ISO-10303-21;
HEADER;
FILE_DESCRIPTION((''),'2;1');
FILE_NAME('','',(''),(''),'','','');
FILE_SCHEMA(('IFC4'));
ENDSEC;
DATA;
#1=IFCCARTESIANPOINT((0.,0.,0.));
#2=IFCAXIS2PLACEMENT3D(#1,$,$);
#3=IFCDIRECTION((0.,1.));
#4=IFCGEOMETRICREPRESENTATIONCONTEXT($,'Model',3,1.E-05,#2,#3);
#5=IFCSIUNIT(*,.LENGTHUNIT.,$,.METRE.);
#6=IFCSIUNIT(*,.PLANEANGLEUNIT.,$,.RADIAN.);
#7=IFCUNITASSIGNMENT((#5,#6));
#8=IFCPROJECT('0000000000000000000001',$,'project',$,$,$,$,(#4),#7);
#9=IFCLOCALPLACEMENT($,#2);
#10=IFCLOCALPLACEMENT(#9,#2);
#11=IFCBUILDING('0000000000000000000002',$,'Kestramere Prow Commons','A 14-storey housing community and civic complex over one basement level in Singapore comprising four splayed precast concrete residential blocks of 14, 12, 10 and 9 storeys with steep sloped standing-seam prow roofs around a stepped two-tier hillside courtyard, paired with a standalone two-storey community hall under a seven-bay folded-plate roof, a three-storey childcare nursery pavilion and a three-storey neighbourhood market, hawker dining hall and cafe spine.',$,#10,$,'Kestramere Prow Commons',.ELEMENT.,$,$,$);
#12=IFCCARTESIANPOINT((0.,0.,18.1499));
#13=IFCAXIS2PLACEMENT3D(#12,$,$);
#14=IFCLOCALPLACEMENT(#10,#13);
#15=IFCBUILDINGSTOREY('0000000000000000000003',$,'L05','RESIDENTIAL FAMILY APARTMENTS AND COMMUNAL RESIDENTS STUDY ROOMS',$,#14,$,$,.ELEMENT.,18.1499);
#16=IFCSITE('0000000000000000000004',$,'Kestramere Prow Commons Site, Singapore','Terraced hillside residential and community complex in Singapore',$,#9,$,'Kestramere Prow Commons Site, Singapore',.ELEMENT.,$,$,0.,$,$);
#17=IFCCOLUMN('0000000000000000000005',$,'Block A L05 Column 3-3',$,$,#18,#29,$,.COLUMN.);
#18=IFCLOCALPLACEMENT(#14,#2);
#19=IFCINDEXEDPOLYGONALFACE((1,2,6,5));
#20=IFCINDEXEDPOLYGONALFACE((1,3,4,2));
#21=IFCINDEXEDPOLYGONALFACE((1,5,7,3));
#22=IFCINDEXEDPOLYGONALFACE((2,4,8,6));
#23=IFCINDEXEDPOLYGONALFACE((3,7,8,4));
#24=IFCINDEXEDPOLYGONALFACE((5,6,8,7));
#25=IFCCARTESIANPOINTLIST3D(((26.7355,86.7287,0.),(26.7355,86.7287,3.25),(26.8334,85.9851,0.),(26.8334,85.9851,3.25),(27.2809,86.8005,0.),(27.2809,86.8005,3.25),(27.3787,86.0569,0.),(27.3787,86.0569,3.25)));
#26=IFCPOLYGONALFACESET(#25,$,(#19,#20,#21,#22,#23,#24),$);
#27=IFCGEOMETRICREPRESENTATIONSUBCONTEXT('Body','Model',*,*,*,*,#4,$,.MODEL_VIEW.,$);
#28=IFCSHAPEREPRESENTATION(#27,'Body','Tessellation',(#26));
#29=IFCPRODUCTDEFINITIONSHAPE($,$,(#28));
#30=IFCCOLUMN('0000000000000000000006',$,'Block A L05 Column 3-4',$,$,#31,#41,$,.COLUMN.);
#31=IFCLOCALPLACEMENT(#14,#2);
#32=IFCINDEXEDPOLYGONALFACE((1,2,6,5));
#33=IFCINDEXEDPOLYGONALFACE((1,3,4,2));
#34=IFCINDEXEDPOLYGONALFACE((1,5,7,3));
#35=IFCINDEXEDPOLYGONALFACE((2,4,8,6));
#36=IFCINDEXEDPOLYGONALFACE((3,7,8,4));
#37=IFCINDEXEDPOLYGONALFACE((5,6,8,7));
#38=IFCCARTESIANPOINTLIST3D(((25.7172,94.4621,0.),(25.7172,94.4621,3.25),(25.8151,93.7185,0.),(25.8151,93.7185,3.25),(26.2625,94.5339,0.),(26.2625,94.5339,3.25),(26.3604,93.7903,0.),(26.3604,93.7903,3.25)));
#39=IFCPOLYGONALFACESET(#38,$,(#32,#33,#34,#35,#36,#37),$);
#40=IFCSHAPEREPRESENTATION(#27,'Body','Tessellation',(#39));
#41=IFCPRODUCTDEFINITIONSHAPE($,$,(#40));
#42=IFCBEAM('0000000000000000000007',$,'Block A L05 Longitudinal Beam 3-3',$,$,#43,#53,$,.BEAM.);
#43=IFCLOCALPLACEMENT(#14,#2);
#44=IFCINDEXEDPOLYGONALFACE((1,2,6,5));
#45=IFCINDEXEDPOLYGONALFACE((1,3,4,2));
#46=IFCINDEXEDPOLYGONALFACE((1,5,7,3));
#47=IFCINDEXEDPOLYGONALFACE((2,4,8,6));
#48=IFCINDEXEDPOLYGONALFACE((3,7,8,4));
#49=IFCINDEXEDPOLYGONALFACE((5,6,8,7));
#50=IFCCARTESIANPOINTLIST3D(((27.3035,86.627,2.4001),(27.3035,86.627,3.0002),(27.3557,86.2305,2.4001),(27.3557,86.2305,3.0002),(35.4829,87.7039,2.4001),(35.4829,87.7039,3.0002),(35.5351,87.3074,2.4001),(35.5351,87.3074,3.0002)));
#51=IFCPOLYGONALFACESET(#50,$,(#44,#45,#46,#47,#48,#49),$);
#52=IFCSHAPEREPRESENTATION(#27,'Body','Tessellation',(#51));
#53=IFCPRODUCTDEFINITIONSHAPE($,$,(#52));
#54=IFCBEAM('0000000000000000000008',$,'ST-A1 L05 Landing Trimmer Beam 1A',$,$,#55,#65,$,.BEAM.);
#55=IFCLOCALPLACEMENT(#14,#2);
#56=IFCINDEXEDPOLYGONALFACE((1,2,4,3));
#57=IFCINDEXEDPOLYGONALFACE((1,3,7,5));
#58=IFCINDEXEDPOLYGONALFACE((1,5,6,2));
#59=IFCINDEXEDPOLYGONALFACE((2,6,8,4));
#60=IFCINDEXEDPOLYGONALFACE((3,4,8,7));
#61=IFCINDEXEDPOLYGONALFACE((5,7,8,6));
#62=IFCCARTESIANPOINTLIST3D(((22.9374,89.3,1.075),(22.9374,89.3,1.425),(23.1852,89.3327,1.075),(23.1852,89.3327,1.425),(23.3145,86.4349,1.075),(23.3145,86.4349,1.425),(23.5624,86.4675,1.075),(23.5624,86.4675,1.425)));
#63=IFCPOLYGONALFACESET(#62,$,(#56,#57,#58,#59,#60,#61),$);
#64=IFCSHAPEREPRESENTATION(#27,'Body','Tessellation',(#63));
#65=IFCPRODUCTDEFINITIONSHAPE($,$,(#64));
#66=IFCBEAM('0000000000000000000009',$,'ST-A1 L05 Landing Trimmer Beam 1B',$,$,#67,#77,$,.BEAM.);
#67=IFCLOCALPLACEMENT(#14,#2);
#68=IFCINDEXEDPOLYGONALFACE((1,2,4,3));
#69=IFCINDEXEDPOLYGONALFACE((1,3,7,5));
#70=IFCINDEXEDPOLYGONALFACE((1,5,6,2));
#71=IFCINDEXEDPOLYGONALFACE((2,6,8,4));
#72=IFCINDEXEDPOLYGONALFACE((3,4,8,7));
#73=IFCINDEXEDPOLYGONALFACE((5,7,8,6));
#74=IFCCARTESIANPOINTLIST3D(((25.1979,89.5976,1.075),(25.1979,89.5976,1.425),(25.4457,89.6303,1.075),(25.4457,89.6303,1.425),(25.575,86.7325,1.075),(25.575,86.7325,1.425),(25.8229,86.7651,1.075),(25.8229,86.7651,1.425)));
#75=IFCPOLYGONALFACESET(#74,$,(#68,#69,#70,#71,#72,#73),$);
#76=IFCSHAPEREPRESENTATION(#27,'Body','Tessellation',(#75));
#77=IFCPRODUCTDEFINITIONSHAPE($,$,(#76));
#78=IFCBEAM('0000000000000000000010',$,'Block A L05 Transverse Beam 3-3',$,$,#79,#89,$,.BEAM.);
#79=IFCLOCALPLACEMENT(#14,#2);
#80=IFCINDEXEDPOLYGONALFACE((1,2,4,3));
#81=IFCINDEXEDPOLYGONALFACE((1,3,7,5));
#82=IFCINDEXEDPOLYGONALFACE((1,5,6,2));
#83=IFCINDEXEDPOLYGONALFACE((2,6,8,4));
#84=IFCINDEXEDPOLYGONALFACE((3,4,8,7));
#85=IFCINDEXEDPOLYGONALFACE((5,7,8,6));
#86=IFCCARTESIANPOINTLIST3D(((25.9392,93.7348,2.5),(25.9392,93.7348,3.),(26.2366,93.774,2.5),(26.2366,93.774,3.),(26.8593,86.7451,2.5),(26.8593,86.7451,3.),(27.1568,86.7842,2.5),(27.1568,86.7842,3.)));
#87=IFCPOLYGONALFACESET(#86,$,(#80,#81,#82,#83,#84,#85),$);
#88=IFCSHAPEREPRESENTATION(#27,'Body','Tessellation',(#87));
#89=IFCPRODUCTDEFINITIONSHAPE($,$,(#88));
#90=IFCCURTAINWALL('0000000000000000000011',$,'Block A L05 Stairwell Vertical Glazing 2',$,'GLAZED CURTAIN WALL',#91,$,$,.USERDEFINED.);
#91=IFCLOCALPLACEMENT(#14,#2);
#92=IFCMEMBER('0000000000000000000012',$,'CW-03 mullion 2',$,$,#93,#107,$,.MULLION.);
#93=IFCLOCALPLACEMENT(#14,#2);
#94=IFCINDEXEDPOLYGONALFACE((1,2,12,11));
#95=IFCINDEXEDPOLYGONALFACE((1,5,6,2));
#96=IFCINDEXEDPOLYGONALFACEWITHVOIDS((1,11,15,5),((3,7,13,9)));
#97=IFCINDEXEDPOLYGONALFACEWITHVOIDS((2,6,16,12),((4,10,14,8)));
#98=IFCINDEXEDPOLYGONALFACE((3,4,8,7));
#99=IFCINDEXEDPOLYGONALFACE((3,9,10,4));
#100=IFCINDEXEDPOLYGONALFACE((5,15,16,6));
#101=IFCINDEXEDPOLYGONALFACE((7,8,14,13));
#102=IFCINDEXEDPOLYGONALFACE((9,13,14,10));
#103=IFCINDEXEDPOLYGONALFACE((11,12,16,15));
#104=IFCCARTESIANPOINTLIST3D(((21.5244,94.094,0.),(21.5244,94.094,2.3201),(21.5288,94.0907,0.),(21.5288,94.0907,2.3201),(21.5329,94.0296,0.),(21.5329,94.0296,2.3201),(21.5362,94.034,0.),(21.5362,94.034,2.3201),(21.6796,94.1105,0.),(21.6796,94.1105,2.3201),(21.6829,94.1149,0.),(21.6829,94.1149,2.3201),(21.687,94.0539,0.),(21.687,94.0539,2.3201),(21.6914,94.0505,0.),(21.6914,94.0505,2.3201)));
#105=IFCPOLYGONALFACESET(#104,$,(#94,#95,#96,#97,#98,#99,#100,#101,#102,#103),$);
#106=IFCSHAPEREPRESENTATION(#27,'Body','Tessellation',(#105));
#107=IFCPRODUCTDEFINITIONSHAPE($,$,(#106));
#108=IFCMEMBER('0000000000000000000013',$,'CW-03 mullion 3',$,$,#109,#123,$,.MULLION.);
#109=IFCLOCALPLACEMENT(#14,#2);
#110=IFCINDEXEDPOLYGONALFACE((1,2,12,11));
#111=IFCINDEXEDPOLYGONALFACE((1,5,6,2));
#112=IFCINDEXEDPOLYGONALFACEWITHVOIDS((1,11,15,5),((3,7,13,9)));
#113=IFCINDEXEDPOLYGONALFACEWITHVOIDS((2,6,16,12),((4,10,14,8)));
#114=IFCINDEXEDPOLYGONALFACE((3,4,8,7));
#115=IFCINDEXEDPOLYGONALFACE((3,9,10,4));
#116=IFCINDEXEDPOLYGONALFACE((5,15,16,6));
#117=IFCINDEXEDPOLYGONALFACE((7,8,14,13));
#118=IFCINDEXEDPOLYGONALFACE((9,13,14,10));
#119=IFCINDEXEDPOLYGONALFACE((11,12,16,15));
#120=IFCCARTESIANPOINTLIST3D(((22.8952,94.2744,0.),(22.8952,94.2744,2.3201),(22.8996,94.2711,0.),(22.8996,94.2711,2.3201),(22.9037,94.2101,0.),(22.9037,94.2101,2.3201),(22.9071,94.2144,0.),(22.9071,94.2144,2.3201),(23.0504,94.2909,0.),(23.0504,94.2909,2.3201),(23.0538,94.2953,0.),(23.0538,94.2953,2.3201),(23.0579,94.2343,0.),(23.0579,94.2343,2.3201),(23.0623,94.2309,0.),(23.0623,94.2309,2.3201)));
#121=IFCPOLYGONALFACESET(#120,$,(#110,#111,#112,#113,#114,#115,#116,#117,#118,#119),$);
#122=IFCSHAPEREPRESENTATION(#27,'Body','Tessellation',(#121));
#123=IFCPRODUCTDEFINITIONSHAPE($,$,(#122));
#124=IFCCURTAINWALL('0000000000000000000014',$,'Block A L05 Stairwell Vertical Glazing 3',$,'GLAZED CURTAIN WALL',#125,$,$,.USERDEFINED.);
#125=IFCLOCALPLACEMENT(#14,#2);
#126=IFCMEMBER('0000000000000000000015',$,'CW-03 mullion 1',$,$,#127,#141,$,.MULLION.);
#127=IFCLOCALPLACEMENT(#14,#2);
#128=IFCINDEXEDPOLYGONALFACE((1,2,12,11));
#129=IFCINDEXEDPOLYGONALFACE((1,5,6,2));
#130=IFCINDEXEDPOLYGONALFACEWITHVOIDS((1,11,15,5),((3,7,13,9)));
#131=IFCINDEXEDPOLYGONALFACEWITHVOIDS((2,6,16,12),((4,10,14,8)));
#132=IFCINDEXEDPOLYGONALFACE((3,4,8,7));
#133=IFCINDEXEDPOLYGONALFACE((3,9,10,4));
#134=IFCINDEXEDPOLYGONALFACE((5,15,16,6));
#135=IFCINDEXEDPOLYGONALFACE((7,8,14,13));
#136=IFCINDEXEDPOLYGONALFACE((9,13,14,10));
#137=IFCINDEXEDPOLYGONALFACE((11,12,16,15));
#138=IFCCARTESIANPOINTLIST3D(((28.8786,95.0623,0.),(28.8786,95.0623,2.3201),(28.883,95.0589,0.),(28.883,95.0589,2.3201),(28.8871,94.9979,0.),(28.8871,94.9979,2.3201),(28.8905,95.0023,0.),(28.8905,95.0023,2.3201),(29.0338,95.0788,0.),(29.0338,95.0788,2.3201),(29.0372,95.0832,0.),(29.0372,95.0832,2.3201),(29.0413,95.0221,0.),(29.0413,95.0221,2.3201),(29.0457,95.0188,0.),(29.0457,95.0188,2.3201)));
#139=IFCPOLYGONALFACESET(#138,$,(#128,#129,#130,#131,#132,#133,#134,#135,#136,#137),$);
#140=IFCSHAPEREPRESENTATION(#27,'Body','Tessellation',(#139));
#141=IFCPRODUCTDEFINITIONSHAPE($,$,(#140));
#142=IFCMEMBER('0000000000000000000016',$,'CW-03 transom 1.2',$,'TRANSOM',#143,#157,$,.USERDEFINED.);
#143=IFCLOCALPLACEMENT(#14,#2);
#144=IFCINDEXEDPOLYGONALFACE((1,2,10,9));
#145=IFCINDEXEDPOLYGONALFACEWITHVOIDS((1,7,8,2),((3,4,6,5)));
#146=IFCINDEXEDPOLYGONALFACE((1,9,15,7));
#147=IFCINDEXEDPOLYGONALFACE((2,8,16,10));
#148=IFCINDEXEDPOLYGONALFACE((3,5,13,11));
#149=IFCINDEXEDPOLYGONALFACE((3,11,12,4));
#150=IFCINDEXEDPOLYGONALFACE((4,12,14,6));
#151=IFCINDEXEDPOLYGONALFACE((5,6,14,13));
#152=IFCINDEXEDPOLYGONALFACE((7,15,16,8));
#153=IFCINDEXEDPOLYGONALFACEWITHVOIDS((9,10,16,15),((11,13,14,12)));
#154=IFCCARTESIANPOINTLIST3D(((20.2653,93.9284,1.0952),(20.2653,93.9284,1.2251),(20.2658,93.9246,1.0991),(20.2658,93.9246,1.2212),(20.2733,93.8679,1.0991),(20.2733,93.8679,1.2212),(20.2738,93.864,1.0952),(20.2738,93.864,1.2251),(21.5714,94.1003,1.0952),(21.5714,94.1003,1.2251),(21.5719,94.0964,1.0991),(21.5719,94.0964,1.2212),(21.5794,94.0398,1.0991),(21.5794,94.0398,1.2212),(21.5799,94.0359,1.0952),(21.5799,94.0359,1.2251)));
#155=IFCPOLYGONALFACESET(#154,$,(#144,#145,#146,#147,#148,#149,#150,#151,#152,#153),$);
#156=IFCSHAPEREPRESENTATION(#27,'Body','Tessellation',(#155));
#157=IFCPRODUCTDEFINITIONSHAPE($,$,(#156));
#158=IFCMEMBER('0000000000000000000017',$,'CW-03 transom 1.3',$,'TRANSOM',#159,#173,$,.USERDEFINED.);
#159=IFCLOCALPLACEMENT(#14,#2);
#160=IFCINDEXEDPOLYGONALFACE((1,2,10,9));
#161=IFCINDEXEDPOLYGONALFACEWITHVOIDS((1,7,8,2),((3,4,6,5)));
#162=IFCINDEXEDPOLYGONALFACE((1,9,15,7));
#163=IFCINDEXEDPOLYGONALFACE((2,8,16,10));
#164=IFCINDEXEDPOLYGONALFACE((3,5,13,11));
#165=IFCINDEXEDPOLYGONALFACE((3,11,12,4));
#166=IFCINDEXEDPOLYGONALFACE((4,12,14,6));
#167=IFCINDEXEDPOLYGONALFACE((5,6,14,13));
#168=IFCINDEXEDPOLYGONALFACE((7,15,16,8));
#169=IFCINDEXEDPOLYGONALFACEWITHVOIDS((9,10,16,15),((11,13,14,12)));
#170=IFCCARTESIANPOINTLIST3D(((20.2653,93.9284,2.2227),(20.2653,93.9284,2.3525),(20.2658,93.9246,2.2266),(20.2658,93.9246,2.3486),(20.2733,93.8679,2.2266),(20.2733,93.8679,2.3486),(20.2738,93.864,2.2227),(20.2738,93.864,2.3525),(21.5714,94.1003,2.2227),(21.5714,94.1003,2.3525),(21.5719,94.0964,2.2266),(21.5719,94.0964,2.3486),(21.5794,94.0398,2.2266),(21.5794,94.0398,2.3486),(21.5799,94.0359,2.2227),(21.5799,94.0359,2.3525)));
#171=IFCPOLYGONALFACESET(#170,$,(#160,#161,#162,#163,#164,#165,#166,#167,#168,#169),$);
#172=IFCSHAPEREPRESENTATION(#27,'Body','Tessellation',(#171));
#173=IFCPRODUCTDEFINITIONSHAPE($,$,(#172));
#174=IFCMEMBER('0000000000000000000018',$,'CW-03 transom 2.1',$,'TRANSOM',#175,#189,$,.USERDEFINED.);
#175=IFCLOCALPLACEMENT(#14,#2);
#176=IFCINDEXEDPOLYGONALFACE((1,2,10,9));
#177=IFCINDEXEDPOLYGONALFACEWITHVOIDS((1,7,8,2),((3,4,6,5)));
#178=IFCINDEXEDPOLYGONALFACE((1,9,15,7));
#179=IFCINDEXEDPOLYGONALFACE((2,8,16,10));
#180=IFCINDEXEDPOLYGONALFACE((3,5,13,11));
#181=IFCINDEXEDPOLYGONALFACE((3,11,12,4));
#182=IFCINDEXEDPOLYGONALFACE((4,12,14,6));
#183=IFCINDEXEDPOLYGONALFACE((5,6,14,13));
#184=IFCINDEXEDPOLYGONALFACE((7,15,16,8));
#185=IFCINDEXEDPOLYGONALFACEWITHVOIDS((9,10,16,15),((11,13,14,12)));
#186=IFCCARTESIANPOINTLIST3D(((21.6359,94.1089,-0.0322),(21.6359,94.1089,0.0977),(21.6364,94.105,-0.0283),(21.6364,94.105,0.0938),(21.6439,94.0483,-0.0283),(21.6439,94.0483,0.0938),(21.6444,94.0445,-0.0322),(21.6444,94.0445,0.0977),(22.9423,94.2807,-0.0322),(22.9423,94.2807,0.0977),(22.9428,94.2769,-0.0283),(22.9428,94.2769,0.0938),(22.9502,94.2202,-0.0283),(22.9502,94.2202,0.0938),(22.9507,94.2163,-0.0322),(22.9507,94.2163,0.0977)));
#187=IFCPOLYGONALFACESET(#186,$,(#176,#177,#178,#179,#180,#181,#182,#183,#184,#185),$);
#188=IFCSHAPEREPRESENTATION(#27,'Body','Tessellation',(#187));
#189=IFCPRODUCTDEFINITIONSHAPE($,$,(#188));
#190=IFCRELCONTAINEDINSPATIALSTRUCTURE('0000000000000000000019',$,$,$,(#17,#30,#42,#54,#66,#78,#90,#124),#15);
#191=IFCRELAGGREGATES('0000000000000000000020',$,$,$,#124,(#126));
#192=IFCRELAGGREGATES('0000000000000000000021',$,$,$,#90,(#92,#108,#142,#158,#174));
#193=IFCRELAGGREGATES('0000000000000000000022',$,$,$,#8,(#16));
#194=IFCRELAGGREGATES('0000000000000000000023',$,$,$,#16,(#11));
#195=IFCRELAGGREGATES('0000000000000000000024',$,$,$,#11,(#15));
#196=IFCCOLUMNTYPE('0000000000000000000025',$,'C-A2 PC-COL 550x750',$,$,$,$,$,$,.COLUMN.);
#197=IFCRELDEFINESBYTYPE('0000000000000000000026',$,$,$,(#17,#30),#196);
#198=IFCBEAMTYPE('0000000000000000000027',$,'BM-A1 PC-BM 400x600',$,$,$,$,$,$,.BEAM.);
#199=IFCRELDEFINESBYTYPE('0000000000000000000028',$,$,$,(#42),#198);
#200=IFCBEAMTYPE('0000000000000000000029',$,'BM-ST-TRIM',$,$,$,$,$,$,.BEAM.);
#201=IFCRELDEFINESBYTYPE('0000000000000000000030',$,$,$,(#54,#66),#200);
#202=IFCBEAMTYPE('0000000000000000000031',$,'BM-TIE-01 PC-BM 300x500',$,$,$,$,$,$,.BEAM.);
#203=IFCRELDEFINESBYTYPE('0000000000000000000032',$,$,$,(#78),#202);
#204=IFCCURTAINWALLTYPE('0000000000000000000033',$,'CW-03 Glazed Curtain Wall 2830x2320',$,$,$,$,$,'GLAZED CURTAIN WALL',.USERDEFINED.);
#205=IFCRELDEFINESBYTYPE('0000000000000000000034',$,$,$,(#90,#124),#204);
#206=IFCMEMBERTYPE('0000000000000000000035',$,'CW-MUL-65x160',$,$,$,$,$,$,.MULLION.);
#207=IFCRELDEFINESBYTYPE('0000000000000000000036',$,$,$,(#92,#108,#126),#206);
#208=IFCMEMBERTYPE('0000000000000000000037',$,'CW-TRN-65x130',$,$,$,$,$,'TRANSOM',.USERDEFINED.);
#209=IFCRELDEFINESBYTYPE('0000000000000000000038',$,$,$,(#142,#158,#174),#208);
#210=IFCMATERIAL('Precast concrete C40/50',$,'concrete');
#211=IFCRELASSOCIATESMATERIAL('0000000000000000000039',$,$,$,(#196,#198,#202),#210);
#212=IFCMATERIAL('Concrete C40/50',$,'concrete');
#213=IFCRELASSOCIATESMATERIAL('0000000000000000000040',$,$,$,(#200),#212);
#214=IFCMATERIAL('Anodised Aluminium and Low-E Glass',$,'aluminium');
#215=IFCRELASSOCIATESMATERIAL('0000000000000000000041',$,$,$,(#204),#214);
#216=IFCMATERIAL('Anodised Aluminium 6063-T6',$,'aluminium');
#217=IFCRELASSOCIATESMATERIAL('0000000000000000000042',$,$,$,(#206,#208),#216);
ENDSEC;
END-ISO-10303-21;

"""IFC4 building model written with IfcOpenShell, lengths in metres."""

from ifc_helpers import new_model, si_unit, direction, frame, origin, origin_2d, place, context, subcontext, project, spatial, rectangle, hollow_rectangle, extrude, material, material_profile, profile_set, type_object, element, aggregate, save


model = new_model("IFC4")

# Units and contexts
model_context = context("Model", 3, precision=1e-05, world=origin(), true_north=direction((0.0, 1.0)))
body_context = subcontext(model_context, "Body", "Model", "MODEL_VIEW")
ifc_project = project(units=[si_unit("LENGTHUNIT", "METRE"), si_unit("PLANEANGLEUNIT", "RADIAN")], contexts=[model_context])

# Site, building, storey
site_placement = place(None, origin())
site = spatial("IfcSite", under=ifc_project, at=site_placement, Name="Kestramere Prow Commons Site, Singapore", Description="Terraced hillside residential and community complex in Singapore", LongName="Kestramere Prow Commons Site, Singapore", CompositionType="ELEMENT", RefElevation=0.0)
building_placement = place(site_placement, origin())
building = spatial("IfcBuilding", under=site, at=building_placement, Name="Kestramere Prow Commons", Description="A 14-storey housing community and civic complex over one basement level in Singapore comprising four splayed precast concrete residential blocks of 14, 12, 10 and 9 storeys with steep sloped standing-seam prow roofs around a stepped two-tier hillside courtyard, paired with a standalone two-storey community hall under a seven-bay folded-plate roof, a three-storey childcare nursery pavilion and a three-storey neighbourhood market, hawker dining hall and cafe spine.", LongName="Kestramere Prow Commons", CompositionType="ELEMENT")
storey_placement = place(building_placement, frame((0.0, 0.0, 18.1499)))
storey = spatial("IfcBuildingStorey", under=building, at=storey_placement, Name="L05", Description="RESIDENTIAL FAMILY APARTMENTS AND COMMUNAL RESIDENTS STUDY ROOMS", CompositionType="ELEMENT", Elevation=18.1499)

# Columns
ifc_material_1 = material(Name="Precast concrete C40/50", Category="concrete")
ifc_material_profile_1 = material_profile(ifc_material_1, rectangle(XDim=0.55, YDim=0.75, at=origin_2d()), Name="PC-COL 550x750")
ifc_profile_set_1 = profile_set([ifc_material_profile_1], Name="Precast concrete C40/50")
column_type = type_object("IfcColumnType", Name="C-A2 PC-COL 550x750", PredefinedType="COLUMN", material=ifc_profile_set_1)
for number, where, z_axis, x_axis, name in (
    (1, (27.0571, 86.3928, 0.0), (0.0, 0.0, 1.0), (0.991445, 0.130526, 0.0), "Block A L05 Column 3-3"),
    (2, (26.0388, 94.1262, 0.0), (0.0, 0.0, 1.0), (0.991445, 0.130526, 0.0), "Block A L05 Column 3-4"),
):
    element("IfcColumn", number, at=place(storey_placement, frame(where, z_axis=z_axis, x_axis=x_axis)), inside=storey, type_object=column_type, Name=name, PredefinedType="COLUMN", context=body_context, shape_type="SweptSolid", body=[
        extrude(rectangle(XDim=0.55, YDim=0.75, at=origin_2d()), origin(), (0.0, 0.0, 1.0), 3.25),
    ])

# Beams
ifc_material_profile_2 = material_profile(ifc_material_1, rectangle(XDim=0.3999, YDim=0.6001, at=origin_2d()), Name="PC-BM 400x600")
ifc_profile_set_2 = profile_set([ifc_material_profile_2], Name="Precast concrete C40/50")
beam_type_1 = type_object("IfcBeamType", Name="BM-A1 PC-BM 400x600", PredefinedType="BEAM", material=ifc_profile_set_2)
beam_1_placement = place(storey_placement, frame((27.3296, 86.4287, 2.7002), z_axis=(0.991444, 0.130533, 0.0), x_axis=(-0.130533, 0.991444, 0.0)))
element("IfcBeam", 3, at=beam_1_placement, inside=storey, type_object=beam_type_1, Name="Block A L05 Longitudinal Beam 3-3", PredefinedType="BEAM", context=body_context, shape_type="SweptSolid", body=[
    extrude(rectangle(XDim=0.3999, YDim=0.6001, at=origin_2d()), origin(), (0.0, 0.0, 1.0), 8.25),
])
ifc_material_2 = material(Name="Concrete C40/50", Category="concrete")
ifc_material_profile_3 = material_profile(ifc_material_2, rectangle(XDim=0.25, YDim=0.3501, at=origin_2d()), Name="PC-BM 250x350")
ifc_profile_set_3 = profile_set([ifc_material_profile_3], Name="Concrete C40/50")
beam_type_2 = type_object("IfcBeamType", Name="BM-ST-TRIM", PredefinedType="BEAM", material=ifc_profile_set_3)
for number, where, z_axis, x_axis, name in (
    (4, (23.4385, 86.4512, 1.25), (-0.13052, 0.991446, 0.0), (-0.991446, -0.13052, 0.0), "ST-A1 L05 Landing Trimmer Beam 1A"),
    (5, (25.699, 86.7488, 1.25), (-0.13052, 0.991446, 0.0), (-0.991446, -0.13052, 0.0), "ST-A1 L05 Landing Trimmer Beam 1B"),
):
    element("IfcBeam", number, at=place(storey_placement, frame(where, z_axis=z_axis, x_axis=x_axis)), inside=storey, type_object=beam_type_2, Name=name, PredefinedType="BEAM", context=body_context, shape_type="SweptSolid", body=[
        extrude(rectangle(XDim=0.25, YDim=0.3501, at=origin_2d()), origin(), (0.0, 0.0, 1.0), 2.8899),
    ])
ifc_material_profile_4 = material_profile(ifc_material_1, rectangle(XDim=0.3, YDim=0.5, at=origin_2d()), Name="PC-BM 300x500")
ifc_profile_set_4 = profile_set([ifc_material_profile_4], Name="Precast concrete C40/50")
beam_type_3 = type_object("IfcBeamType", Name="BM-TIE-01 PC-BM 300x500", PredefinedType="BEAM", material=ifc_profile_set_4)
beam_2_placement = place(storey_placement, frame((27.0081, 86.7646, 2.75), z_axis=(-0.130519, 0.991446, 0.0), x_axis=(-0.991446, -0.130519, 0.0)))
element("IfcBeam", 6, at=beam_2_placement, inside=storey, type_object=beam_type_3, Name="Block A L05 Transverse Beam 3-3", PredefinedType="BEAM", context=body_context, shape_type="SweptSolid", body=[
    extrude(rectangle(XDim=0.3, YDim=0.5, at=origin_2d()), origin(), (0.0, 0.0, 1.0), 7.05),
])

# Curtain wall, members
ifc_material_3 = material(Name="Anodised Aluminium and Low-E Glass", Category="aluminium")
curtain_wall_type = type_object("IfcCurtainWallType", Name="CW-03 Glazed Curtain Wall 2830x2320", ElementType="GLAZED CURTAIN WALL", PredefinedType="USERDEFINED", material=ifc_material_3)
curtain_wall_1_placement = place(storey_placement, origin())
curtain_wall_1 = element("IfcCurtainWall", 7, at=curtain_wall_1_placement, inside=storey, type_object=curtain_wall_type, Name="Block A L05 Stairwell Vertical Glazing 2", ObjectType="GLAZED CURTAIN WALL", PredefinedType="USERDEFINED")
ifc_material_4 = material(Name="Anodised Aluminium 6063-T6", Category="aluminium")
ifc_material_profile_5 = material_profile(ifc_material_4, hollow_rectangle(XDim=0.0649, YDim=0.1599, WallThickness=0.0039, at=origin_2d()), Name="ALU-MUL 65x160")
ifc_profile_set_5 = profile_set([ifc_material_profile_5], Name="Anodised Aluminium 6063-T6")
member_type_1 = type_object("IfcMemberType", Name="CW-MUL-65x160", PredefinedType="MULLION", material=ifc_profile_set_5)
member_1_placement = place(storey_placement, frame((21.6079, 94.0723, 0.0), z_axis=(0.0, 0.0, 1.0), x_axis=(-0.130526, 0.991445, 0.0)))
member_1 = element("IfcMember", 8, at=member_1_placement, type_object=member_type_1, Name="CW-03 mullion 2", PredefinedType="MULLION", context=body_context, shape_type="SweptSolid", body=[
    extrude(hollow_rectangle(XDim=0.0649, YDim=0.1599, WallThickness=0.0039, at=origin_2d()), origin(), (0.0, 0.0, 1.0), 2.3201),
])
member_2_placement = place(storey_placement, frame((22.9788, 94.2527, 0.0), z_axis=(0.0, 0.0, 1.0), x_axis=(-0.130526, 0.991445, 0.0)))
member_2 = element("IfcMember", 9, at=member_2_placement, type_object=member_type_1, Name="CW-03 mullion 3", PredefinedType="MULLION", context=body_context, shape_type="SweptSolid", body=[
    extrude(hollow_rectangle(XDim=0.0649, YDim=0.1599, WallThickness=0.0039, at=origin_2d()), origin(), (0.0, 0.0, 1.0), 2.3201),
])

# Curtain wall, member
curtain_wall_2_placement = place(storey_placement, origin())
curtain_wall_2 = element("IfcCurtainWall", 10, at=curtain_wall_2_placement, inside=storey, type_object=curtain_wall_type, Name="Block A L05 Stairwell Vertical Glazing 3", ObjectType="GLAZED CURTAIN WALL", PredefinedType="USERDEFINED")
member_3_placement = place(storey_placement, frame((28.9622, 95.0405, 0.0), z_axis=(0.0, 0.0, 1.0), x_axis=(-0.130526, 0.991445, 0.0)))
member_3 = element("IfcMember", 11, at=member_3_placement, type_object=member_type_1, Name="CW-03 mullion 1", PredefinedType="MULLION", context=body_context, shape_type="SweptSolid", body=[
    extrude(hollow_rectangle(XDim=0.0649, YDim=0.1599, WallThickness=0.0039, at=origin_2d()), origin(), (0.0, 0.0, 1.0), 2.3201),
])

# Members
ifc_material_profile_6 = material_profile(ifc_material_4, hollow_rectangle(XDim=0.0649, YDim=0.1299, WallThickness=0.0039, at=origin_2d()), Name="ALU-TRN 65x130")
ifc_profile_set_6 = profile_set([ifc_material_profile_6], Name="Anodised Aluminium 6063-T6")
member_type_2 = type_object("IfcMemberType", Name="CW-TRN-65x130", ElementType="TRANSOM", PredefinedType="USERDEFINED", material=ifc_profile_set_6)
member_4_placement = place(storey_placement, frame((20.2695, 93.8962, 1.1602), z_axis=(0.991453, 0.130464, 0.0), x_axis=(-0.130464, 0.991453, 0.0)))
member_4 = element("IfcMember", 12, at=member_4_placement, type_object=member_type_2, Name="CW-03 transom 1.2", ObjectType="TRANSOM", PredefinedType="USERDEFINED", context=body_context, shape_type="SweptSolid", body=[
    extrude(hollow_rectangle(XDim=0.0649, YDim=0.1299, WallThickness=0.0039, at=origin_2d()), origin(), (0.0, 0.0, 1.0), 1.3174),
])
member_5_placement = place(storey_placement, frame((20.2695, 93.8962, 2.2876), z_axis=(0.991453, 0.130464, 0.0), x_axis=(-0.130464, 0.991453, 0.0)))
member_5 = element("IfcMember", 13, at=member_5_placement, type_object=member_type_2, Name="CW-03 transom 1.3", ObjectType="TRANSOM", PredefinedType="USERDEFINED", context=body_context, shape_type="SweptSolid", body=[
    extrude(hollow_rectangle(XDim=0.0649, YDim=0.1299, WallThickness=0.0039, at=origin_2d()), origin(), (0.0, 0.0, 1.0), 1.3174),
])
member_6_placement = place(storey_placement, frame((21.6401, 94.0767, 0.0327), z_axis=(0.991456, 0.13044, 0.0), x_axis=(-0.13044, 0.991456, 0.0)))
member_6 = element("IfcMember", 14, at=member_6_placement, type_object=member_type_2, Name="CW-03 transom 2.1", ObjectType="TRANSOM", PredefinedType="USERDEFINED", context=body_context, shape_type="SweptSolid", body=[
    extrude(hollow_rectangle(XDim=0.0649, YDim=0.1299, WallThickness=0.0039, at=origin_2d()), origin(), (0.0, 0.0, 1.0), 1.3176),
])
aggregate(curtain_wall_2, [member_3])

aggregate(curtain_wall_1, [member_1, member_2, member_4, member_5, member_6])

save(model, "model.ifc")
